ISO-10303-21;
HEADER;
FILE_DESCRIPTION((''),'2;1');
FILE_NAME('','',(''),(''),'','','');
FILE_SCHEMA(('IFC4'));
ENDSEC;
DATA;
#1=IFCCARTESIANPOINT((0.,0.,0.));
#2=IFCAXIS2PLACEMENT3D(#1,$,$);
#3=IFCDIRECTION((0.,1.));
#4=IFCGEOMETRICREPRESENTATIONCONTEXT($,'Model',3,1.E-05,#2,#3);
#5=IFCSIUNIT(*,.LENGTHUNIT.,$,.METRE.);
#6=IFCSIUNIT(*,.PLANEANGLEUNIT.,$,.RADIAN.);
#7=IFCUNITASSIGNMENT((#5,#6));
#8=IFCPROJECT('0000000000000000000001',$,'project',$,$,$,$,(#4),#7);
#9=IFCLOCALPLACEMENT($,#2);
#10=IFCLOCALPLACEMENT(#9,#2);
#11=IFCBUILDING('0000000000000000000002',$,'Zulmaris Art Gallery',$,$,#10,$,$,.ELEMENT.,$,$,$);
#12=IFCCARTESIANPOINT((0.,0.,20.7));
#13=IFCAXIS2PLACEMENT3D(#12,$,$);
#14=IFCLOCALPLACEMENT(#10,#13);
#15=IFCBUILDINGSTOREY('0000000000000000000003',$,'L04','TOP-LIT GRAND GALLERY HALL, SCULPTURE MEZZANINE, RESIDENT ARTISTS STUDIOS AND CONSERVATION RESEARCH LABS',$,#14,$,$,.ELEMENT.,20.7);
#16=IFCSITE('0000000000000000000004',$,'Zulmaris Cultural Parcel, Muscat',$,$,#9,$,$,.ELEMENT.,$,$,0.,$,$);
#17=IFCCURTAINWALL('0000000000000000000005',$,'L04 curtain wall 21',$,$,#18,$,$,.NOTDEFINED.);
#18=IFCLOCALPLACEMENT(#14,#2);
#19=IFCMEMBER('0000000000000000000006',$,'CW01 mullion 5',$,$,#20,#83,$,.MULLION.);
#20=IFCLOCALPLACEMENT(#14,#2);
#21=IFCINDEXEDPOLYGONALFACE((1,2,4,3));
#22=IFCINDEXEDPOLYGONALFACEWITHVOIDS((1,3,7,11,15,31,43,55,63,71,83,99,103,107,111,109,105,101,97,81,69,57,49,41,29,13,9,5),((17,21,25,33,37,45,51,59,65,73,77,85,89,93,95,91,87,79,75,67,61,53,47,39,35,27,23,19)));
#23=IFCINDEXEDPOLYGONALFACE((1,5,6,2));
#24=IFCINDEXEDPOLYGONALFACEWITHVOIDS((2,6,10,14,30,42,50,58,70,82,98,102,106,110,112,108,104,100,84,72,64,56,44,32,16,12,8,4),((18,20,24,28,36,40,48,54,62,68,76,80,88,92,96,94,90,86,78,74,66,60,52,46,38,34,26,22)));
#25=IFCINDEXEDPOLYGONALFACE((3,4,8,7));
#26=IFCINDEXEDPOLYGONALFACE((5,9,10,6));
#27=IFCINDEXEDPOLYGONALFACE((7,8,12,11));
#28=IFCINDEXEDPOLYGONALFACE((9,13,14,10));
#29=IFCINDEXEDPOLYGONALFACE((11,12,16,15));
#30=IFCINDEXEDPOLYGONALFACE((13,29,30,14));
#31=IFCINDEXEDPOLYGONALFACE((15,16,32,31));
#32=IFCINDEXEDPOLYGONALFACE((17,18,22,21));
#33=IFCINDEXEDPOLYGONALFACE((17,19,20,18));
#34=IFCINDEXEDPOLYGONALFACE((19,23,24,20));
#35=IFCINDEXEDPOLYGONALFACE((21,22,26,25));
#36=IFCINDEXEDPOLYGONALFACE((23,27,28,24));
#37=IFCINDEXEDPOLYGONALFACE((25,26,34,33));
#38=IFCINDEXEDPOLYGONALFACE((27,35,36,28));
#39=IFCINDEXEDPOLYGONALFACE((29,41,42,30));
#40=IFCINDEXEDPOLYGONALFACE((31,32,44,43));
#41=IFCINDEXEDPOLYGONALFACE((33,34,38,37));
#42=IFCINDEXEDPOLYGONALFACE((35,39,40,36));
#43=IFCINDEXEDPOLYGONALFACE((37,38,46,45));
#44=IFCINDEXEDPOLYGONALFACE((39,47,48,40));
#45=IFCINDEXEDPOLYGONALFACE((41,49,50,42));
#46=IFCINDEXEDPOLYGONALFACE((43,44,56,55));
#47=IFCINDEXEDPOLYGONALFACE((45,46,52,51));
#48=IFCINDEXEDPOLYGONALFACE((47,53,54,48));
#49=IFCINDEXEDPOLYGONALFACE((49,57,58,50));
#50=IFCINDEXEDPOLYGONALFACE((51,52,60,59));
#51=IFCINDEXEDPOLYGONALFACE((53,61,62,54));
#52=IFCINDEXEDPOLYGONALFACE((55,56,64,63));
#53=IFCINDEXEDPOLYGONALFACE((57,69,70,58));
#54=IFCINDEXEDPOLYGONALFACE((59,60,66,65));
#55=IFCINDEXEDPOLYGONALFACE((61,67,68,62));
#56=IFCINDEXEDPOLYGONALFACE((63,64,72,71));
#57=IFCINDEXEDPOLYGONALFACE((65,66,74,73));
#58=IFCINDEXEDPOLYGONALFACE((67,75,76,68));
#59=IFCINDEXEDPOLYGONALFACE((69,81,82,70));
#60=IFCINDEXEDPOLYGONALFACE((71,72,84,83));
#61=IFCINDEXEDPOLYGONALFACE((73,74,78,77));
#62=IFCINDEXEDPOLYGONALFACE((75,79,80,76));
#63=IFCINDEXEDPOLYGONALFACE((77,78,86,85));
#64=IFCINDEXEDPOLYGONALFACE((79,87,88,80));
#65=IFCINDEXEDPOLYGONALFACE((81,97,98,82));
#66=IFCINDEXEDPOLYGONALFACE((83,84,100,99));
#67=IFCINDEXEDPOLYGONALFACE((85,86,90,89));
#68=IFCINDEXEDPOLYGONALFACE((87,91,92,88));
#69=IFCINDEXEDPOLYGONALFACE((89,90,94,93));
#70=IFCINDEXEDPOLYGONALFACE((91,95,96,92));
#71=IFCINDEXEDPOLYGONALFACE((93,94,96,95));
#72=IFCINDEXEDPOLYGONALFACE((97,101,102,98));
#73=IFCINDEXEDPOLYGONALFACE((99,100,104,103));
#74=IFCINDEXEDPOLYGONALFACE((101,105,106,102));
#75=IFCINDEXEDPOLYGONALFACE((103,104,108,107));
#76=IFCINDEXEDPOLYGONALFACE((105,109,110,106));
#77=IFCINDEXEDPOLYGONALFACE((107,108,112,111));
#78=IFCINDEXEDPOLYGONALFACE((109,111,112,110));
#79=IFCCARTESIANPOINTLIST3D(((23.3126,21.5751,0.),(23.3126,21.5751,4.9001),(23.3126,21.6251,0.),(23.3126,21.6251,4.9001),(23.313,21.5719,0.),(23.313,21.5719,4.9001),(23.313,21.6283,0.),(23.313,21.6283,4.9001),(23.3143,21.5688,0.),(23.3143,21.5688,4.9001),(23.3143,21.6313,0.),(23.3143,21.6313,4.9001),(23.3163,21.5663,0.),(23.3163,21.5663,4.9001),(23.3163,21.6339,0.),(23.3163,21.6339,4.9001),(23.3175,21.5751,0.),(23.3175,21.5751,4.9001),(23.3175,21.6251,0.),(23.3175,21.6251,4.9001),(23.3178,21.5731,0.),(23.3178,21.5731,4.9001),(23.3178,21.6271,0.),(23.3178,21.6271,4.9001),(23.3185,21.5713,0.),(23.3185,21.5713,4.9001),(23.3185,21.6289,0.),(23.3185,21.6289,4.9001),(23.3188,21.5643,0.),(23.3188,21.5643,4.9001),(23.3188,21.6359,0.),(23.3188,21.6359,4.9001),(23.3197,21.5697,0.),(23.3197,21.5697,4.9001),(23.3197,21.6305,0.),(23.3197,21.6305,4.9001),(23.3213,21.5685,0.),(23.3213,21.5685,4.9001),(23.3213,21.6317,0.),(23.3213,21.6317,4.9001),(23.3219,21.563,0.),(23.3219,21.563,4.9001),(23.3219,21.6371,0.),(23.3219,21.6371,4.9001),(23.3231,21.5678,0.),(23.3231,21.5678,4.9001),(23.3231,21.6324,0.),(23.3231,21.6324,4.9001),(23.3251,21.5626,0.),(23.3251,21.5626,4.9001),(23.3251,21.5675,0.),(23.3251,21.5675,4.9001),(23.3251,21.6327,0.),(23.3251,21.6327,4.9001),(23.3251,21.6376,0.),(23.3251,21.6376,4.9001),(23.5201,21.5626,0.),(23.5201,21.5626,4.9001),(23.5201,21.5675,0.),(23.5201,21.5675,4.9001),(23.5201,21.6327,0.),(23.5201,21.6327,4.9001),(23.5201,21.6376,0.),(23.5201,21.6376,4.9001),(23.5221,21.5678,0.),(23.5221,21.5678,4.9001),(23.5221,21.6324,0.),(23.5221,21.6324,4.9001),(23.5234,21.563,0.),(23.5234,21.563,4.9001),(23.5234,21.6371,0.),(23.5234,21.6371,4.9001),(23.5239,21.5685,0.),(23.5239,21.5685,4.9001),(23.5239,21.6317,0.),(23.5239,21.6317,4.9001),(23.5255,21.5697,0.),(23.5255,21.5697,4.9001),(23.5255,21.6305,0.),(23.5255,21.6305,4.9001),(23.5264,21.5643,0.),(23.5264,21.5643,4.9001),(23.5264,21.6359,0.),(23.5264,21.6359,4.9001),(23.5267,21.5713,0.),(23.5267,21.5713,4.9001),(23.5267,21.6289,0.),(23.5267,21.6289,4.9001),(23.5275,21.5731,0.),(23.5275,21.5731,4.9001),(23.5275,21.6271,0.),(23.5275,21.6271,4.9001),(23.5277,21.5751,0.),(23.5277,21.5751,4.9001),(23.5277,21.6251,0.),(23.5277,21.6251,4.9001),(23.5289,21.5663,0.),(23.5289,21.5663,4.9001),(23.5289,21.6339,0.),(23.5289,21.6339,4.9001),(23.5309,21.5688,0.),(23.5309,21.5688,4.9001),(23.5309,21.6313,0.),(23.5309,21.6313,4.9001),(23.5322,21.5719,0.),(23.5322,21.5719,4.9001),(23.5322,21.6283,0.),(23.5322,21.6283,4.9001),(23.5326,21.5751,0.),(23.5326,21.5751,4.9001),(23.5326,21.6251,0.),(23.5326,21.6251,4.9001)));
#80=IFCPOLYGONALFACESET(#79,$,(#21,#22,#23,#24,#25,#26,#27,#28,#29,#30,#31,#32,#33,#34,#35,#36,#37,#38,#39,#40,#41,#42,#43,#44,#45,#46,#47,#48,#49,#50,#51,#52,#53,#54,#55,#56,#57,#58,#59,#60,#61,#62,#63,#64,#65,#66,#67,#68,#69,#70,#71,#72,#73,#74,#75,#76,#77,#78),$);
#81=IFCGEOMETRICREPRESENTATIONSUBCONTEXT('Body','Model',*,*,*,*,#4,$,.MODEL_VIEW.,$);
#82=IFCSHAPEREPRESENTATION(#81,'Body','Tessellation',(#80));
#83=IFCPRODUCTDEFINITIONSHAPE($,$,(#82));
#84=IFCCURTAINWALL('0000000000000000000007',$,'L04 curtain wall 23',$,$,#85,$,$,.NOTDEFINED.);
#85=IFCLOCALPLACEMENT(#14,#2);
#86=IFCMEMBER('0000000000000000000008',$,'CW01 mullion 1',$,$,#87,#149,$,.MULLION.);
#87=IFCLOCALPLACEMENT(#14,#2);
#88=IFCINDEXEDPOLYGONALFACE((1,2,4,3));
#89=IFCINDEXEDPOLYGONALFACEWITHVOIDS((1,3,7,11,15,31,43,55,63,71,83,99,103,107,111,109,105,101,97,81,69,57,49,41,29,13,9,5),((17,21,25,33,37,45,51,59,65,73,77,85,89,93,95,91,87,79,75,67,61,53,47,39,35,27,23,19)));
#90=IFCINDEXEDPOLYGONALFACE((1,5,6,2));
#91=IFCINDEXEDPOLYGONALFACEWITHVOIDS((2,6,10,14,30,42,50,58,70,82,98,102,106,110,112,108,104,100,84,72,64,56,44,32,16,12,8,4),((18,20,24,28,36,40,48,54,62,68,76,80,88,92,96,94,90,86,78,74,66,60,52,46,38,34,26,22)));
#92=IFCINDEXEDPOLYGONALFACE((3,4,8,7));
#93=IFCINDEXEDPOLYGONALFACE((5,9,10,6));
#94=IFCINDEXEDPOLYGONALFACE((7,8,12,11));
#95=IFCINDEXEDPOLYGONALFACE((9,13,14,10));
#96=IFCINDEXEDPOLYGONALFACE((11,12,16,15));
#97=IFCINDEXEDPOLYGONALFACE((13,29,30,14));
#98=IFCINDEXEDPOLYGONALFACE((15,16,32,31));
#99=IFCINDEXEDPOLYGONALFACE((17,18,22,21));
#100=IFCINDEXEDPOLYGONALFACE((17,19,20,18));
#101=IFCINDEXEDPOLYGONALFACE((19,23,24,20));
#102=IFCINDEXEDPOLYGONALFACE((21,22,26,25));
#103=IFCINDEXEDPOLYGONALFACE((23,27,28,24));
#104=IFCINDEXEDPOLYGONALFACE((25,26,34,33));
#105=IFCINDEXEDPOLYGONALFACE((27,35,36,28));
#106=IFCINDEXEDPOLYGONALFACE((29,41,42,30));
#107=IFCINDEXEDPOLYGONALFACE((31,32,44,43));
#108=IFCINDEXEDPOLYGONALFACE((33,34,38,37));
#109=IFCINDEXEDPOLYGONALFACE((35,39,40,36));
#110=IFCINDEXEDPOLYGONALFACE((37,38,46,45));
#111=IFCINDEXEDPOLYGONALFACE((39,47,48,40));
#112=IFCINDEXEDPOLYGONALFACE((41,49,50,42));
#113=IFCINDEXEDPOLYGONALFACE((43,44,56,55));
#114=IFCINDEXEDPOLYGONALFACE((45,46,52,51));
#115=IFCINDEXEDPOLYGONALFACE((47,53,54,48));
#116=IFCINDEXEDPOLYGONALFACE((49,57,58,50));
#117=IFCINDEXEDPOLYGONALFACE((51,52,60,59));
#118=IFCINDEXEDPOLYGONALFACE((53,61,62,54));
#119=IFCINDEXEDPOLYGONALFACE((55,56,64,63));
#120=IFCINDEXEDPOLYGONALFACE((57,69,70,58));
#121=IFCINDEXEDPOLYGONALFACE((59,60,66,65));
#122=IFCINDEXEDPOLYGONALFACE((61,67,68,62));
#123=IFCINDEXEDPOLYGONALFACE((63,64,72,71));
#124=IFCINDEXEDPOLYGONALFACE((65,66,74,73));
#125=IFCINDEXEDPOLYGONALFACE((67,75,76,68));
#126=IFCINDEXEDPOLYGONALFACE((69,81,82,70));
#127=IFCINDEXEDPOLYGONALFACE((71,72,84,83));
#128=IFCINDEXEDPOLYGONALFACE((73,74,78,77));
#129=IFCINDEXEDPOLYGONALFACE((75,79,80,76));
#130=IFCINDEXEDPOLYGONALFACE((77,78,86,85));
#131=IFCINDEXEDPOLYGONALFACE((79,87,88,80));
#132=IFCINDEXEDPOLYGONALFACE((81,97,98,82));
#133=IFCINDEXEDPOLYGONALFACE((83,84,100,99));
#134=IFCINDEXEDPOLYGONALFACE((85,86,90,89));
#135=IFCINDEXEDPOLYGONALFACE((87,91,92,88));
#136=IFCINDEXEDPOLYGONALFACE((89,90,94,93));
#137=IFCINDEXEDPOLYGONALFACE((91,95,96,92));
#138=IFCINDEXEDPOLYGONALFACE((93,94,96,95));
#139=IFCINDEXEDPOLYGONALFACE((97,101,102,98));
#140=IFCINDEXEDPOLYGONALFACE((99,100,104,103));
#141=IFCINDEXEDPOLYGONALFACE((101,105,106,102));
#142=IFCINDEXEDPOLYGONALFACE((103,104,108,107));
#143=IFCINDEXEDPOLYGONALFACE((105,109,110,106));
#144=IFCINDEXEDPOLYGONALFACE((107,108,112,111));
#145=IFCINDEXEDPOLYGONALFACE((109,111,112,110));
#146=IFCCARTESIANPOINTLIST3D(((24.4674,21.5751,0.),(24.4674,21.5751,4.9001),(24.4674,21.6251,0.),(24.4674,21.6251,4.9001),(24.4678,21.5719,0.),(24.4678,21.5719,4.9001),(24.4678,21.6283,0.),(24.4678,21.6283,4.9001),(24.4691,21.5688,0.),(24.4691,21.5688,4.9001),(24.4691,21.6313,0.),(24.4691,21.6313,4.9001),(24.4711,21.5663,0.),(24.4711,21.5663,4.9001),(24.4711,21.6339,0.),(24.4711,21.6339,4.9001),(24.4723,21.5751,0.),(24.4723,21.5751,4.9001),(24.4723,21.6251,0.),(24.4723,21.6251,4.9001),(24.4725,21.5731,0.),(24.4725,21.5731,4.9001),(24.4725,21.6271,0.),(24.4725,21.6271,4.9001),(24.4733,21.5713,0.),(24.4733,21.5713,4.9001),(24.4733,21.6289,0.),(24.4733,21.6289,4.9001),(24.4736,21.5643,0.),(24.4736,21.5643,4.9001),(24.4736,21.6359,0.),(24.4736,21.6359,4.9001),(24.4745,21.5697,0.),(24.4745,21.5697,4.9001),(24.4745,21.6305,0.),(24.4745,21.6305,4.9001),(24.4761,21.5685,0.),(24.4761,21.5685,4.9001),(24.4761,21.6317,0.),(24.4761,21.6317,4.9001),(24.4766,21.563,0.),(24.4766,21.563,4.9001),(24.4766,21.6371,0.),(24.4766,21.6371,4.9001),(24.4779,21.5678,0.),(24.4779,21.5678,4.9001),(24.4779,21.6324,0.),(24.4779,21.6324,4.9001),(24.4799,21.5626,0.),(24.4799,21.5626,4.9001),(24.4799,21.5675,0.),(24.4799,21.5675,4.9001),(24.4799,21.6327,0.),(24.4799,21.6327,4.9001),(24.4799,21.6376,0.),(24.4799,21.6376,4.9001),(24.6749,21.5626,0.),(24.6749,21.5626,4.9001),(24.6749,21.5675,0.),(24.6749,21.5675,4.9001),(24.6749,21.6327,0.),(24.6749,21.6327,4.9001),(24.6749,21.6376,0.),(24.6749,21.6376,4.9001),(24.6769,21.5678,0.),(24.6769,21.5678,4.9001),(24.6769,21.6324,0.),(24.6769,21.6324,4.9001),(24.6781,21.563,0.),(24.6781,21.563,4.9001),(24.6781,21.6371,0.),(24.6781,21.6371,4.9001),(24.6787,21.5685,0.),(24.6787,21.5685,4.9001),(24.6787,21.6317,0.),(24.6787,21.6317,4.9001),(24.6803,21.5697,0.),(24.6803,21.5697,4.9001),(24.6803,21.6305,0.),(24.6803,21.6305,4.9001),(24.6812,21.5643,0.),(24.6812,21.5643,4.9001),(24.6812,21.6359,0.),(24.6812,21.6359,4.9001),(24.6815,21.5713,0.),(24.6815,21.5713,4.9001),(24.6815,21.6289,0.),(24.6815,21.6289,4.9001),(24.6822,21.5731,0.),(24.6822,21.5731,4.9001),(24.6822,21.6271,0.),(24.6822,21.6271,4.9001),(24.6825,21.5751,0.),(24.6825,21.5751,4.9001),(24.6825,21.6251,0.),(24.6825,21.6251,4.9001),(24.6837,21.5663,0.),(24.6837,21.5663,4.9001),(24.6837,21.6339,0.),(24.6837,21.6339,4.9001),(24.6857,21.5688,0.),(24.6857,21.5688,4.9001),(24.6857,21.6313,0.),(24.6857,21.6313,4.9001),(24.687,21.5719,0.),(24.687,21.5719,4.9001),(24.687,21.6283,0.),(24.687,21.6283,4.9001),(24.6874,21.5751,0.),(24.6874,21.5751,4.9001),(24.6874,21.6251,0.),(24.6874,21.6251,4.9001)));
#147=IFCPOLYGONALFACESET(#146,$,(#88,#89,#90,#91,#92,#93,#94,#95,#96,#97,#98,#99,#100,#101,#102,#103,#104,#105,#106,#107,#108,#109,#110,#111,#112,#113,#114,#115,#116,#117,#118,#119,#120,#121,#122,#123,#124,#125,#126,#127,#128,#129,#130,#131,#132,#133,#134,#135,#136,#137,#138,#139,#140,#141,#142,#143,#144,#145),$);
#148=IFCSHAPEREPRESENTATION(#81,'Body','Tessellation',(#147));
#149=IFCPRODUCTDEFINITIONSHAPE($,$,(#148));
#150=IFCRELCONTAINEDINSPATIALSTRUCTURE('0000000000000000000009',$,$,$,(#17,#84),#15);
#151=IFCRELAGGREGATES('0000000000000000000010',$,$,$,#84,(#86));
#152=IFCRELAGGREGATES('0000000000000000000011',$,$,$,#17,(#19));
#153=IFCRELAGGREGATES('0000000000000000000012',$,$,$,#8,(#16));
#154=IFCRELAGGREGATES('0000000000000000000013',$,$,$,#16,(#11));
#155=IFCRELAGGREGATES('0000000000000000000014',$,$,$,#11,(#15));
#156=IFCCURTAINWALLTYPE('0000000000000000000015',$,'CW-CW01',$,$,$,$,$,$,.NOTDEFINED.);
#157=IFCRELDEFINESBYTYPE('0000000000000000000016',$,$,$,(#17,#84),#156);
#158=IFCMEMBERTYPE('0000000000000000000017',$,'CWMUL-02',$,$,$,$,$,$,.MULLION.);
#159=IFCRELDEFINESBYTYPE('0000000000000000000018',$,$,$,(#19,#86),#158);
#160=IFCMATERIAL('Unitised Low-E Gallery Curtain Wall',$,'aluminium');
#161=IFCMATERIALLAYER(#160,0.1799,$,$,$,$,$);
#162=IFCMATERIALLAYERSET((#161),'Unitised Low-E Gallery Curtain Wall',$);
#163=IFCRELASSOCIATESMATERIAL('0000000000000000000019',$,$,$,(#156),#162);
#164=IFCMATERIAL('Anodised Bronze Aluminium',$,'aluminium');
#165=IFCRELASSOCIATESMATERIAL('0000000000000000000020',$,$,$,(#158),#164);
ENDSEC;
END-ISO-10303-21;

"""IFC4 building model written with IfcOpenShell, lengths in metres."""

from ifc_helpers import new_model, si_unit, direction, frame, origin, origin_2d, place, context, subcontext, project, spatial, hollow_rectangle, extrude, material, layer, layer_set, material_profile, profile_set, type_object, element, aggregate, save


model = new_model("IFC4")

# Units and contexts
model_context = context("Model", 3, precision=1e-05, world=origin(), true_north=direction((0.0, 1.0)))
body_context = subcontext(model_context, "Body", "Model", "MODEL_VIEW")
ifc_project = project(units=[si_unit("LENGTHUNIT", "METRE"), si_unit("PLANEANGLEUNIT", "RADIAN")], contexts=[model_context])

# Site, building, storey
site_placement = place(None, origin())
site = spatial("IfcSite", under=ifc_project, at=site_placement, Name="Zulmaris Cultural Parcel, Muscat", CompositionType="ELEMENT", RefElevation=0.0)
building_placement = place(site_placement, origin())
building = spatial("IfcBuilding", under=site, at=building_placement, Name="Zulmaris Art Gallery", CompositionType="ELEMENT")
storey_placement = place(building_placement, frame((0.0, 0.0, 20.7)))
storey = spatial("IfcBuildingStorey", under=building, at=storey_placement, Name="L04", Description="TOP-LIT GRAND GALLERY HALL, SCULPTURE MEZZANINE, RESIDENT ARTISTS STUDIOS AND CONSERVATION RESEARCH LABS", CompositionType="ELEMENT", Elevation=20.7)

# Curtain wall, member
ifc_material_1 = material(Name="Unitised Low-E Gallery Curtain Wall", Category="aluminium")
ifc_layer_1 = layer(ifc_material_1, 0.1799)
ifc_layer_set_1 = layer_set([ifc_layer_1], Name="Unitised Low-E Gallery Curtain Wall")
curtain_wall_type_1 = type_object("IfcCurtainWallType", Name="CW-CW01", PredefinedType="NOTDEFINED", material=ifc_layer_set_1)
curtain_wall_1_placement = place(storey_placement, origin())
curtain_wall_1 = element("IfcCurtainWall", 1, at=curtain_wall_1_placement, inside=storey, type_object=curtain_wall_type_1, Name="L04 curtain wall 21", PredefinedType="NOTDEFINED")
ifc_material_2 = material(Name="Anodised Bronze Aluminium", Category="aluminium")
ifc_material_profile_1 = material_profile(ifc_material_2, hollow_rectangle(XDim=0.075, YDim=0.22, WallThickness=0.0049, InnerFilletRadius=0.0076, OuterFilletRadius=0.0125, at=origin_2d()), Name="ALU 75x220x5")
ifc_profile_set_1 = profile_set([ifc_material_profile_1], Name="Anodised Bronze Aluminium")
member_type_1 = type_object("IfcMemberType", Name="CWMUL-02", PredefinedType="MULLION", material=ifc_profile_set_1)
member_1_placement = place(storey_placement, frame((23.4226, 21.6001, 0.0), z_axis=(0.0, 0.0, 1.0), x_axis=(0.0, 1.0, 0.0)))
member_1 = element("IfcMember", 2, at=member_1_placement, type_object=member_type_1, Name="CW01 mullion 5", PredefinedType="MULLION", context=body_context, shape_type="SweptSolid", body=[
    extrude(hollow_rectangle(XDim=0.075, YDim=0.22, WallThickness=0.0049, InnerFilletRadius=0.0076, OuterFilletRadius=0.0125, at=origin_2d()), origin(), (0.0, 0.0, 1.0), 4.9001),
])

# Curtain wall, member
curtain_wall_2_placement = place(storey_placement, origin())
curtain_wall_2 = element("IfcCurtainWall", 3, at=curtain_wall_2_placement, inside=storey, type_object=curtain_wall_type_1, Name="L04 curtain wall 23", PredefinedType="NOTDEFINED")
member_2_placement = place(storey_placement, frame((24.5774, 21.6001, 0.0), z_axis=(0.0, 0.0, 1.0), x_axis=(0.0, 1.0, 0.0)))
member_2 = element("IfcMember", 4, at=member_2_placement, type_object=member_type_1, Name="CW01 mullion 1", PredefinedType="MULLION", context=body_context, shape_type="SweptSolid", body=[
    extrude(hollow_rectangle(XDim=0.075, YDim=0.22, WallThickness=0.0049, InnerFilletRadius=0.0076, OuterFilletRadius=0.0125, at=origin_2d()), origin(), (0.0, 0.0, 1.0), 4.9001),
])

aggregate(curtain_wall_2, [member_2])

aggregate(curtain_wall_1, [member_1])

save(model, "model.ifc")
